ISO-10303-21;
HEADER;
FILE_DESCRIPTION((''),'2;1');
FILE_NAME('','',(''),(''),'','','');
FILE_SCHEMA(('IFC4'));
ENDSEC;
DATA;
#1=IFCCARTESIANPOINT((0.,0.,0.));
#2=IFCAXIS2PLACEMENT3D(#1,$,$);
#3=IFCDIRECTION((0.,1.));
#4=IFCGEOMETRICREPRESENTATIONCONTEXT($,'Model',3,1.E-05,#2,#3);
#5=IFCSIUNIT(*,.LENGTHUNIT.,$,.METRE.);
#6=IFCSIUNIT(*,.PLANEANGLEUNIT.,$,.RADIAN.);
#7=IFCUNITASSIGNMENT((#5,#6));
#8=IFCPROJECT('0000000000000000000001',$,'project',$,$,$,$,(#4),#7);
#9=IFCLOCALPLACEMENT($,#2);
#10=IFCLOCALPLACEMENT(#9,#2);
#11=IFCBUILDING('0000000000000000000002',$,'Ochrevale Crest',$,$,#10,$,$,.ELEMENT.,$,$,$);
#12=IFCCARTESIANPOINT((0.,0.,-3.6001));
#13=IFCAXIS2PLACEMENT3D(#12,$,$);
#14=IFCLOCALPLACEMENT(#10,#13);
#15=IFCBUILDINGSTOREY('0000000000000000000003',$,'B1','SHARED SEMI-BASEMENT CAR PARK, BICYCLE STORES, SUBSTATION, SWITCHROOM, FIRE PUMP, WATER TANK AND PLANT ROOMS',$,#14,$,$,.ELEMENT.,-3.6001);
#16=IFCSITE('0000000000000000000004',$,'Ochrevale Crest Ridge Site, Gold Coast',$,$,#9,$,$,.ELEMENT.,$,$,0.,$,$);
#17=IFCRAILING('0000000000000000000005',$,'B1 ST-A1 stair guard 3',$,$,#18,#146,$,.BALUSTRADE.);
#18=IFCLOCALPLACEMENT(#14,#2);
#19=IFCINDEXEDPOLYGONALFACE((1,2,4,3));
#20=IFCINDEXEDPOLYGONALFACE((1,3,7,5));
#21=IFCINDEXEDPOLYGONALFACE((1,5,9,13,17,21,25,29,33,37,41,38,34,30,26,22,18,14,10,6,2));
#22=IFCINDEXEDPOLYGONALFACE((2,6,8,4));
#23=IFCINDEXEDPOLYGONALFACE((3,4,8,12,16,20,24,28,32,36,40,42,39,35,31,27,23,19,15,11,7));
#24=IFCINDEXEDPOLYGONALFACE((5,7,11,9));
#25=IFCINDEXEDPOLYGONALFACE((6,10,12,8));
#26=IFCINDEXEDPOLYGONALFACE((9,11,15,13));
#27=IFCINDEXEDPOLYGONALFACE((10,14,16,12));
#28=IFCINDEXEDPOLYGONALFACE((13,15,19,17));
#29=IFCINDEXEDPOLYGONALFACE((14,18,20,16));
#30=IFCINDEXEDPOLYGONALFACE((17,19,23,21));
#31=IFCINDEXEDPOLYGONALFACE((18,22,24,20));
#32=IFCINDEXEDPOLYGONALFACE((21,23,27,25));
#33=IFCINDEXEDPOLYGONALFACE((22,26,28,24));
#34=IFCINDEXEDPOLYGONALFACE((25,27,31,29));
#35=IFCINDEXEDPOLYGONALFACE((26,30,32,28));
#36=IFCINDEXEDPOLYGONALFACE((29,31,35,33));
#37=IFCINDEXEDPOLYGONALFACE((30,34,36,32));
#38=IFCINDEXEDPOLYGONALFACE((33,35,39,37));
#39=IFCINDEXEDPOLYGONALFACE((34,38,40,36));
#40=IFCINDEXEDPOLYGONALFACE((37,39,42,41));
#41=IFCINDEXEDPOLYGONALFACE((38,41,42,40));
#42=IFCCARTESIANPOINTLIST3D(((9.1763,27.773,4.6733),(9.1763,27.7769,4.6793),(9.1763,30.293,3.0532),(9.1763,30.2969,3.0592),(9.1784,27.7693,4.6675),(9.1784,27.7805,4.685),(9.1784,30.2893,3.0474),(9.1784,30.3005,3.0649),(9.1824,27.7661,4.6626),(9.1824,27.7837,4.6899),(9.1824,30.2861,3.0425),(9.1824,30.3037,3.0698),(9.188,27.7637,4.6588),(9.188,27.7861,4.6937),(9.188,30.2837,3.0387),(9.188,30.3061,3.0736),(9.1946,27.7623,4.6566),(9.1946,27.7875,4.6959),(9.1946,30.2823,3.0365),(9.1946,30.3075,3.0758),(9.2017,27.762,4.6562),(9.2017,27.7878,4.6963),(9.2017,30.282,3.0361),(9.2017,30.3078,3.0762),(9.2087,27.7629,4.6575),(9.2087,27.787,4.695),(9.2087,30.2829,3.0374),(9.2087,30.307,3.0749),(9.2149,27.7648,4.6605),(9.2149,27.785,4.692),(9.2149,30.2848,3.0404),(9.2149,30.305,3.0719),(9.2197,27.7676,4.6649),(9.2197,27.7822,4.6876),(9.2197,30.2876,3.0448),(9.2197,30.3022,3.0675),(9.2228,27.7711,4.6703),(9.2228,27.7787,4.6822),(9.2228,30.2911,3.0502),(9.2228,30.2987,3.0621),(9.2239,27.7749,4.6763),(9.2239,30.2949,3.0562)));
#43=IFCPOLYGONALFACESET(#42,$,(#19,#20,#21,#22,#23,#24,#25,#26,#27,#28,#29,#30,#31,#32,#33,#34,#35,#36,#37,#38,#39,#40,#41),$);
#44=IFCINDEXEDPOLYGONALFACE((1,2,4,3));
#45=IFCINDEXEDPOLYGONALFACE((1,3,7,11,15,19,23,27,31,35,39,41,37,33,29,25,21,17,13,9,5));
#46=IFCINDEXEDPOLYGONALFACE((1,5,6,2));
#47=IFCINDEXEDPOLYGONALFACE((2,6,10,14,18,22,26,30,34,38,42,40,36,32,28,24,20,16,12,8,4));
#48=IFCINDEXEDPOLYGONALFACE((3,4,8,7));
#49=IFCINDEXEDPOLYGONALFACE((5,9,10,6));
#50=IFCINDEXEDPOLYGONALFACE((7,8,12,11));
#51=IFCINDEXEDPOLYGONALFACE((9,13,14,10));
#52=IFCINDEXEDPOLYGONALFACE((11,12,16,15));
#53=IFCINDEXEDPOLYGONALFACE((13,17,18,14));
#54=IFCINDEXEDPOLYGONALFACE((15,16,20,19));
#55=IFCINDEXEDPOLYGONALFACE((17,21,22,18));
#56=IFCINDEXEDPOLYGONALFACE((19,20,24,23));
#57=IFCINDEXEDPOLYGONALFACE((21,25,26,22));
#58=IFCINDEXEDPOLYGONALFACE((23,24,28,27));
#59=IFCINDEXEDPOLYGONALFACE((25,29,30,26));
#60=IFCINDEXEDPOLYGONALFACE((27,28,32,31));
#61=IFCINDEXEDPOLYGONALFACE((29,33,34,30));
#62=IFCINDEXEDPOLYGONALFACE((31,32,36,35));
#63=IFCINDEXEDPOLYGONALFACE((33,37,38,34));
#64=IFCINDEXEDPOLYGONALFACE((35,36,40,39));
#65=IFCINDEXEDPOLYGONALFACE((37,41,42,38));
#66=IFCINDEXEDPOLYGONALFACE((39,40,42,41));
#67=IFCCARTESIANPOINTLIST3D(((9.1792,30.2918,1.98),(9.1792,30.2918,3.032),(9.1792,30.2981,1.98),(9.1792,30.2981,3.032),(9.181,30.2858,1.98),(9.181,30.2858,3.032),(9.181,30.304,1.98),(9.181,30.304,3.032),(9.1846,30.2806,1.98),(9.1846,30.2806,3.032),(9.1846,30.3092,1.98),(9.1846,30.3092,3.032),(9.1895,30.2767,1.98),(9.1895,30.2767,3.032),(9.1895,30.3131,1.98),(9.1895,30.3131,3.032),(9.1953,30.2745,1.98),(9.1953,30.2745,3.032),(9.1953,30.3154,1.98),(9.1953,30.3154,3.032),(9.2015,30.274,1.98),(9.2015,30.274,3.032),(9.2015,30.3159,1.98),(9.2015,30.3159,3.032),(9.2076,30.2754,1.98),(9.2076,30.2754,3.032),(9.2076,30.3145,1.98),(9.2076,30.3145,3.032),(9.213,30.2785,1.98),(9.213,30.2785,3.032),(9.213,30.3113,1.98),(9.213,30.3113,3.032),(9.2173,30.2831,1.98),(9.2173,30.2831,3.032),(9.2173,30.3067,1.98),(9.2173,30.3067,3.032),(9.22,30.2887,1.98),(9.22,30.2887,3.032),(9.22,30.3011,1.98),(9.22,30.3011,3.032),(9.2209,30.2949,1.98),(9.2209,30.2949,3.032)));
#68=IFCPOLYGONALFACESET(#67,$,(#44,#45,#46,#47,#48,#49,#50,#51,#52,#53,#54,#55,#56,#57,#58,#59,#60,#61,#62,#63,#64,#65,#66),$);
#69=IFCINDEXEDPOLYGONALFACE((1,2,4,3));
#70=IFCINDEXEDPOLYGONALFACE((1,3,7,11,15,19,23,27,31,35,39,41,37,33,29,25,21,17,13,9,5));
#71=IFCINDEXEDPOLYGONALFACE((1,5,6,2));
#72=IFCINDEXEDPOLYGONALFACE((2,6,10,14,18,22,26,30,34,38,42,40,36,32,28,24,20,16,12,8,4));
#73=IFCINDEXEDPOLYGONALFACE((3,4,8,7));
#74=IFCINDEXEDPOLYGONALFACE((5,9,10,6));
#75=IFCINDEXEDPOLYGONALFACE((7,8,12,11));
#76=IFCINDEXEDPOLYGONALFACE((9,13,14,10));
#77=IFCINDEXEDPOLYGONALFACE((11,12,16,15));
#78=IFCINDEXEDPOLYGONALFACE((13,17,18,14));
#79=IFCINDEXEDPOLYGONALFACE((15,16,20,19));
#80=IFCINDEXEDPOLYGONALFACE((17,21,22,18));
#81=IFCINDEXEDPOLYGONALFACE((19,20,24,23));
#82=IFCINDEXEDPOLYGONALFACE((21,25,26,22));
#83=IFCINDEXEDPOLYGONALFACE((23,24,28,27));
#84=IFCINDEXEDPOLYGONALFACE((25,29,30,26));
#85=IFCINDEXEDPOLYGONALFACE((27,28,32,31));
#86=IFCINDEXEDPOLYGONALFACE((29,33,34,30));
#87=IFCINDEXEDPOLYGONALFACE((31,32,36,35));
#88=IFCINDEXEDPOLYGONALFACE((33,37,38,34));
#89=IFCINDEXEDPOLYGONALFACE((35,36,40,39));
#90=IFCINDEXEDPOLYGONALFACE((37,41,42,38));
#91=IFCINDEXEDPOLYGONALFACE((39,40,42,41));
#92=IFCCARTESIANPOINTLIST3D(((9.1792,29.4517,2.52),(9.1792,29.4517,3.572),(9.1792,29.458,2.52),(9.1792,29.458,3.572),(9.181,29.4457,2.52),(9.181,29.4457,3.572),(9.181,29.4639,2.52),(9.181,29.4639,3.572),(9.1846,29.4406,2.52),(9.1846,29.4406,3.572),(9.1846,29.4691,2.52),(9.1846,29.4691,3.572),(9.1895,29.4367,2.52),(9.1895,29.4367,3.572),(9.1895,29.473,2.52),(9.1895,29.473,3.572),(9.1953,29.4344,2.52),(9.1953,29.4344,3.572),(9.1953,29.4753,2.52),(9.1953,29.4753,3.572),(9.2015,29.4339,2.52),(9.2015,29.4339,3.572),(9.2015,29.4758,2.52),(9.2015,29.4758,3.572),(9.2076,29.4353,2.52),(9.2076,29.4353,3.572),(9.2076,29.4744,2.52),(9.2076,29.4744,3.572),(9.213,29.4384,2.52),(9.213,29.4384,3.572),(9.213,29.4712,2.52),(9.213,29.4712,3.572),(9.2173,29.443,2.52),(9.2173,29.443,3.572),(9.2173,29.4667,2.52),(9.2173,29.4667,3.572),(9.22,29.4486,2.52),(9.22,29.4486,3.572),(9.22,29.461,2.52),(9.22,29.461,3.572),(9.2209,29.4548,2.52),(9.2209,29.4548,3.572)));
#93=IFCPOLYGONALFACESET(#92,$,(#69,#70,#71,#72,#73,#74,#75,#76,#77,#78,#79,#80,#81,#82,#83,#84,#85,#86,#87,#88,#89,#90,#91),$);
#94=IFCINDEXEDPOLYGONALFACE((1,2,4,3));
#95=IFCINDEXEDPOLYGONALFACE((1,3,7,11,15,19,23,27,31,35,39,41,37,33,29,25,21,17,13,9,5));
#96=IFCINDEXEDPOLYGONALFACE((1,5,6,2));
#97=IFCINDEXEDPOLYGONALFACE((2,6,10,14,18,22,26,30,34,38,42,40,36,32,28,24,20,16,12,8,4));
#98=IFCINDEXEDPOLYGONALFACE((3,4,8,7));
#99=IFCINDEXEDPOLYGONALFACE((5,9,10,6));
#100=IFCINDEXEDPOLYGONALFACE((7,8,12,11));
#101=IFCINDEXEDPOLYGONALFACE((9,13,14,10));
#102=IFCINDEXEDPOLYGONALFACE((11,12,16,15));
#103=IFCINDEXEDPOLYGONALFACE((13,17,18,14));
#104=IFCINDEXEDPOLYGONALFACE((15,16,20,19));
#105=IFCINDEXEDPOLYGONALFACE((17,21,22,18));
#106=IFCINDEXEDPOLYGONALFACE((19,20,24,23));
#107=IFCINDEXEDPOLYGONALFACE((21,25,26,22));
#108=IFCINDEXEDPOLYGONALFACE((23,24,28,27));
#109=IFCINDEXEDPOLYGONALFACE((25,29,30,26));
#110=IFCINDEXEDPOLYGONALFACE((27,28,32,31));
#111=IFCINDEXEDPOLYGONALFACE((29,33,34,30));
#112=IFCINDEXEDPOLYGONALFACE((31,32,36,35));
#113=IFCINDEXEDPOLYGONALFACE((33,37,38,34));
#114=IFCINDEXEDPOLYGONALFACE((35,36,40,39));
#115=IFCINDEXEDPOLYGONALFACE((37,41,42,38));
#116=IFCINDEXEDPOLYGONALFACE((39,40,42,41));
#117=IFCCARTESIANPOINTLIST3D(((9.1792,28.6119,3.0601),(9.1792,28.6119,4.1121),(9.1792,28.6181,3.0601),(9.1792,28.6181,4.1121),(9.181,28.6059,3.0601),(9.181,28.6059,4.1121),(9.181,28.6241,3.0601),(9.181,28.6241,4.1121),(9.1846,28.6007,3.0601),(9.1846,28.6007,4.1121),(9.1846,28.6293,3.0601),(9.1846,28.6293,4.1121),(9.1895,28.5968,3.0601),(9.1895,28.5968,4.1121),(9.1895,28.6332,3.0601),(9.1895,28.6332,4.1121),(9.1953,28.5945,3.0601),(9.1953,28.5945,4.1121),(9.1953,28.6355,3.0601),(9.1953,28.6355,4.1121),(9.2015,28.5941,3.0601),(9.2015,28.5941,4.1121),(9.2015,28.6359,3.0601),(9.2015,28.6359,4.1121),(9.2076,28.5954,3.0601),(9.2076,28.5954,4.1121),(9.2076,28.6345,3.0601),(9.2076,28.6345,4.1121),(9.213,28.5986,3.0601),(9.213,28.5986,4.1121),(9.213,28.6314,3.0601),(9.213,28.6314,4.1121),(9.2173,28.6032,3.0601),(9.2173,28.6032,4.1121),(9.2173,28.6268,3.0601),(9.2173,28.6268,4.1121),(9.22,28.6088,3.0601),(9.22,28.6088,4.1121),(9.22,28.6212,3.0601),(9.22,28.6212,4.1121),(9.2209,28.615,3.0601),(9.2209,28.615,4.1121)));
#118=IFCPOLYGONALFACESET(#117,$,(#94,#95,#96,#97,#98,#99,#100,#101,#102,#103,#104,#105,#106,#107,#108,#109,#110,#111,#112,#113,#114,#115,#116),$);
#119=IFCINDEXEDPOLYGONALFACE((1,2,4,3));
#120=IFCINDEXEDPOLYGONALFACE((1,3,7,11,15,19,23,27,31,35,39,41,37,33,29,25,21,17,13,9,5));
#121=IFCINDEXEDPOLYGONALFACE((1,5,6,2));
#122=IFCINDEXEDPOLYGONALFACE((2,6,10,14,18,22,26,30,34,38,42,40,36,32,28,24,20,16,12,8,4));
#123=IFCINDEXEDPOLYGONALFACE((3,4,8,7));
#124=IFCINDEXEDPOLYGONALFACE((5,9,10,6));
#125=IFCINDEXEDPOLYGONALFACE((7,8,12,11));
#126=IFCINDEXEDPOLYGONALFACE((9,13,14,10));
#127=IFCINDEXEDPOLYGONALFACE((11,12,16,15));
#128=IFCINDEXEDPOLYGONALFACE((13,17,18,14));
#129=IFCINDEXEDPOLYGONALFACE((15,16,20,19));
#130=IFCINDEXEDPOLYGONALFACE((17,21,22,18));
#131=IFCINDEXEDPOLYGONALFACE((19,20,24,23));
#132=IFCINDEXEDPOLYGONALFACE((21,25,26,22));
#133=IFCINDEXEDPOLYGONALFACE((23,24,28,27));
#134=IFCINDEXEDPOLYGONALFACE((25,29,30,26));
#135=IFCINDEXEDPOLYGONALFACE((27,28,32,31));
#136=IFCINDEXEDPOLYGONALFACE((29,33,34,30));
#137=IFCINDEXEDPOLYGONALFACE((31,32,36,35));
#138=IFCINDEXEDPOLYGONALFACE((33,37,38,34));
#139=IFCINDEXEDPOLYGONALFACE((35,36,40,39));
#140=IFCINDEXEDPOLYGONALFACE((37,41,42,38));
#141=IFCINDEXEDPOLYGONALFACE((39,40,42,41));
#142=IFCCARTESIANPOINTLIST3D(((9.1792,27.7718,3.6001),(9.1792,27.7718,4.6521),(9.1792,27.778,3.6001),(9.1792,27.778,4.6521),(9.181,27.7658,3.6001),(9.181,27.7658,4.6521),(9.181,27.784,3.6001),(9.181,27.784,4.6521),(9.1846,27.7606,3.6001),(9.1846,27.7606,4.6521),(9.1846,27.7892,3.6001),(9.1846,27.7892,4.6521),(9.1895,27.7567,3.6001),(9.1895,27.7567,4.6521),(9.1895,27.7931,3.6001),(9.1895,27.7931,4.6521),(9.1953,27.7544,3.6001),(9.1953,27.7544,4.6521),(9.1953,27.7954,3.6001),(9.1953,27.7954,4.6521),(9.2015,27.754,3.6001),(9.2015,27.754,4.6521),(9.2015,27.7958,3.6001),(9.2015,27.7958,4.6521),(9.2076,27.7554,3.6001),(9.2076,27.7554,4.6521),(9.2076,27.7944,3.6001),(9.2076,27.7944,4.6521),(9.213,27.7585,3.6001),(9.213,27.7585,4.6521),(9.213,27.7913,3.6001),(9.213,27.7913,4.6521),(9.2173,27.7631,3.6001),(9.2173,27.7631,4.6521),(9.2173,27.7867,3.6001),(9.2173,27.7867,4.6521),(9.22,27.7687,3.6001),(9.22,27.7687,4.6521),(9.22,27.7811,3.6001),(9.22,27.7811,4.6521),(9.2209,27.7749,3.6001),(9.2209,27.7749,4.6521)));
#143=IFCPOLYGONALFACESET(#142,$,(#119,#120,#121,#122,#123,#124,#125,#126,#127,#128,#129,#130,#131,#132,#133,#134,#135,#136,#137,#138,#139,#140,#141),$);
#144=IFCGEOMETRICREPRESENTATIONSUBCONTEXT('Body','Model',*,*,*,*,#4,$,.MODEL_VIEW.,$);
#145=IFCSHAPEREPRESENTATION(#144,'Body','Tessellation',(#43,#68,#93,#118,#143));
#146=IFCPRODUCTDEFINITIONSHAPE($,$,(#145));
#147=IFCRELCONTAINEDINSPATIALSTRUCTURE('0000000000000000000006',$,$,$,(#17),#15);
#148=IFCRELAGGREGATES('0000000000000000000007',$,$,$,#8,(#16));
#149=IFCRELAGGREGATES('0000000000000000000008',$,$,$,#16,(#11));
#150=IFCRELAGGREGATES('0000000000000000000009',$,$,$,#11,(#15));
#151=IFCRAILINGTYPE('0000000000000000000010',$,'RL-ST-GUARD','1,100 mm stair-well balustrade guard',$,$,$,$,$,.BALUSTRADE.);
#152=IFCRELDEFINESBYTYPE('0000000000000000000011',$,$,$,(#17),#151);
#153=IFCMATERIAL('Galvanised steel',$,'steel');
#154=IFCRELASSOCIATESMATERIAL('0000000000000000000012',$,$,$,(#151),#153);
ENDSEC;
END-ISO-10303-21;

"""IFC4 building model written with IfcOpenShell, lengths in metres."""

from ifc_helpers import new_model, si_unit, direction, frame, origin, origin_2d, place, context, subcontext, project, spatial, circle, extrude, material, type_object, element, save


model = new_model("IFC4")

# Units and contexts
model_context = context("Model", 3, precision=1e-05, world=origin(), true_north=direction((0.0, 1.0)))
body_context = subcontext(model_context, "Body", "Model", "MODEL_VIEW")
ifc_project = project(units=[si_unit("LENGTHUNIT", "METRE"), si_unit("PLANEANGLEUNIT", "RADIAN")], contexts=[model_context])

# Site, building, storey
site_placement = place(None, origin())
site = spatial("IfcSite", under=ifc_project, at=site_placement, Name="Ochrevale Crest Ridge Site, Gold Coast", CompositionType="ELEMENT", RefElevation=0.0)
building_placement = place(site_placement, origin())
building = spatial("IfcBuilding", under=site, at=building_placement, Name="Ochrevale Crest", CompositionType="ELEMENT")
storey_placement = place(building_placement, frame((0.0, 0.0, -3.6001)))
storey = spatial("IfcBuildingStorey", under=building, at=storey_placement, Name="B1", Description="SHARED SEMI-BASEMENT CAR PARK, BICYCLE STORES, SUBSTATION, SWITCHROOM, FIRE PUMP, WATER TANK AND PLANT ROOMS", CompositionType="ELEMENT", Elevation=-3.6001)

# Railing
ifc_material_1 = material(Name="Galvanised steel", Category="steel")
railing_type = type_object("IfcRailingType", Name="RL-ST-GUARD", Description="1,100 mm stair-well balustrade guard", PredefinedType="BALUSTRADE", material=ifc_material_1)
railing_1_placement = place(storey_placement, frame((9.2, 30.2949, 1.98)))
element("IfcRailing", 1, at=railing_1_placement, inside=storey, type_object=railing_type, Name="B1 ST-A1 stair guard 3", PredefinedType="BALUSTRADE", context=body_context, shape_type="SweptSolid", body=[
    extrude(circle(Radius=0.0239, at=origin_2d()), frame((0.0, 0.0, 1.0762), z_axis=(0.0, -0.841163, 0.540782), x_axis=(1.0, 0.0, 0.0)), (0.0, 0.0, 1.0), 2.9958),
    extrude(circle(Radius=0.021, at=origin_2d()), origin(), (0.0, 0.0, 1.0), 1.052),
    extrude(circle(Radius=0.021, at=origin_2d()), frame((0.0, -0.8401, 0.54)), (0.0, 0.0, 1.0), 1.052),
    extrude(circle(Radius=0.021, at=origin_2d()), frame((0.0, -1.6799, 1.0801)), (0.0, 0.0, 1.0), 1.052),
    extrude(circle(Radius=0.021, at=origin_2d()), frame((0.0, -2.52, 1.6201)), (0.0, 0.0, 1.0), 1.052),
])

save(model, "model.ifc")
